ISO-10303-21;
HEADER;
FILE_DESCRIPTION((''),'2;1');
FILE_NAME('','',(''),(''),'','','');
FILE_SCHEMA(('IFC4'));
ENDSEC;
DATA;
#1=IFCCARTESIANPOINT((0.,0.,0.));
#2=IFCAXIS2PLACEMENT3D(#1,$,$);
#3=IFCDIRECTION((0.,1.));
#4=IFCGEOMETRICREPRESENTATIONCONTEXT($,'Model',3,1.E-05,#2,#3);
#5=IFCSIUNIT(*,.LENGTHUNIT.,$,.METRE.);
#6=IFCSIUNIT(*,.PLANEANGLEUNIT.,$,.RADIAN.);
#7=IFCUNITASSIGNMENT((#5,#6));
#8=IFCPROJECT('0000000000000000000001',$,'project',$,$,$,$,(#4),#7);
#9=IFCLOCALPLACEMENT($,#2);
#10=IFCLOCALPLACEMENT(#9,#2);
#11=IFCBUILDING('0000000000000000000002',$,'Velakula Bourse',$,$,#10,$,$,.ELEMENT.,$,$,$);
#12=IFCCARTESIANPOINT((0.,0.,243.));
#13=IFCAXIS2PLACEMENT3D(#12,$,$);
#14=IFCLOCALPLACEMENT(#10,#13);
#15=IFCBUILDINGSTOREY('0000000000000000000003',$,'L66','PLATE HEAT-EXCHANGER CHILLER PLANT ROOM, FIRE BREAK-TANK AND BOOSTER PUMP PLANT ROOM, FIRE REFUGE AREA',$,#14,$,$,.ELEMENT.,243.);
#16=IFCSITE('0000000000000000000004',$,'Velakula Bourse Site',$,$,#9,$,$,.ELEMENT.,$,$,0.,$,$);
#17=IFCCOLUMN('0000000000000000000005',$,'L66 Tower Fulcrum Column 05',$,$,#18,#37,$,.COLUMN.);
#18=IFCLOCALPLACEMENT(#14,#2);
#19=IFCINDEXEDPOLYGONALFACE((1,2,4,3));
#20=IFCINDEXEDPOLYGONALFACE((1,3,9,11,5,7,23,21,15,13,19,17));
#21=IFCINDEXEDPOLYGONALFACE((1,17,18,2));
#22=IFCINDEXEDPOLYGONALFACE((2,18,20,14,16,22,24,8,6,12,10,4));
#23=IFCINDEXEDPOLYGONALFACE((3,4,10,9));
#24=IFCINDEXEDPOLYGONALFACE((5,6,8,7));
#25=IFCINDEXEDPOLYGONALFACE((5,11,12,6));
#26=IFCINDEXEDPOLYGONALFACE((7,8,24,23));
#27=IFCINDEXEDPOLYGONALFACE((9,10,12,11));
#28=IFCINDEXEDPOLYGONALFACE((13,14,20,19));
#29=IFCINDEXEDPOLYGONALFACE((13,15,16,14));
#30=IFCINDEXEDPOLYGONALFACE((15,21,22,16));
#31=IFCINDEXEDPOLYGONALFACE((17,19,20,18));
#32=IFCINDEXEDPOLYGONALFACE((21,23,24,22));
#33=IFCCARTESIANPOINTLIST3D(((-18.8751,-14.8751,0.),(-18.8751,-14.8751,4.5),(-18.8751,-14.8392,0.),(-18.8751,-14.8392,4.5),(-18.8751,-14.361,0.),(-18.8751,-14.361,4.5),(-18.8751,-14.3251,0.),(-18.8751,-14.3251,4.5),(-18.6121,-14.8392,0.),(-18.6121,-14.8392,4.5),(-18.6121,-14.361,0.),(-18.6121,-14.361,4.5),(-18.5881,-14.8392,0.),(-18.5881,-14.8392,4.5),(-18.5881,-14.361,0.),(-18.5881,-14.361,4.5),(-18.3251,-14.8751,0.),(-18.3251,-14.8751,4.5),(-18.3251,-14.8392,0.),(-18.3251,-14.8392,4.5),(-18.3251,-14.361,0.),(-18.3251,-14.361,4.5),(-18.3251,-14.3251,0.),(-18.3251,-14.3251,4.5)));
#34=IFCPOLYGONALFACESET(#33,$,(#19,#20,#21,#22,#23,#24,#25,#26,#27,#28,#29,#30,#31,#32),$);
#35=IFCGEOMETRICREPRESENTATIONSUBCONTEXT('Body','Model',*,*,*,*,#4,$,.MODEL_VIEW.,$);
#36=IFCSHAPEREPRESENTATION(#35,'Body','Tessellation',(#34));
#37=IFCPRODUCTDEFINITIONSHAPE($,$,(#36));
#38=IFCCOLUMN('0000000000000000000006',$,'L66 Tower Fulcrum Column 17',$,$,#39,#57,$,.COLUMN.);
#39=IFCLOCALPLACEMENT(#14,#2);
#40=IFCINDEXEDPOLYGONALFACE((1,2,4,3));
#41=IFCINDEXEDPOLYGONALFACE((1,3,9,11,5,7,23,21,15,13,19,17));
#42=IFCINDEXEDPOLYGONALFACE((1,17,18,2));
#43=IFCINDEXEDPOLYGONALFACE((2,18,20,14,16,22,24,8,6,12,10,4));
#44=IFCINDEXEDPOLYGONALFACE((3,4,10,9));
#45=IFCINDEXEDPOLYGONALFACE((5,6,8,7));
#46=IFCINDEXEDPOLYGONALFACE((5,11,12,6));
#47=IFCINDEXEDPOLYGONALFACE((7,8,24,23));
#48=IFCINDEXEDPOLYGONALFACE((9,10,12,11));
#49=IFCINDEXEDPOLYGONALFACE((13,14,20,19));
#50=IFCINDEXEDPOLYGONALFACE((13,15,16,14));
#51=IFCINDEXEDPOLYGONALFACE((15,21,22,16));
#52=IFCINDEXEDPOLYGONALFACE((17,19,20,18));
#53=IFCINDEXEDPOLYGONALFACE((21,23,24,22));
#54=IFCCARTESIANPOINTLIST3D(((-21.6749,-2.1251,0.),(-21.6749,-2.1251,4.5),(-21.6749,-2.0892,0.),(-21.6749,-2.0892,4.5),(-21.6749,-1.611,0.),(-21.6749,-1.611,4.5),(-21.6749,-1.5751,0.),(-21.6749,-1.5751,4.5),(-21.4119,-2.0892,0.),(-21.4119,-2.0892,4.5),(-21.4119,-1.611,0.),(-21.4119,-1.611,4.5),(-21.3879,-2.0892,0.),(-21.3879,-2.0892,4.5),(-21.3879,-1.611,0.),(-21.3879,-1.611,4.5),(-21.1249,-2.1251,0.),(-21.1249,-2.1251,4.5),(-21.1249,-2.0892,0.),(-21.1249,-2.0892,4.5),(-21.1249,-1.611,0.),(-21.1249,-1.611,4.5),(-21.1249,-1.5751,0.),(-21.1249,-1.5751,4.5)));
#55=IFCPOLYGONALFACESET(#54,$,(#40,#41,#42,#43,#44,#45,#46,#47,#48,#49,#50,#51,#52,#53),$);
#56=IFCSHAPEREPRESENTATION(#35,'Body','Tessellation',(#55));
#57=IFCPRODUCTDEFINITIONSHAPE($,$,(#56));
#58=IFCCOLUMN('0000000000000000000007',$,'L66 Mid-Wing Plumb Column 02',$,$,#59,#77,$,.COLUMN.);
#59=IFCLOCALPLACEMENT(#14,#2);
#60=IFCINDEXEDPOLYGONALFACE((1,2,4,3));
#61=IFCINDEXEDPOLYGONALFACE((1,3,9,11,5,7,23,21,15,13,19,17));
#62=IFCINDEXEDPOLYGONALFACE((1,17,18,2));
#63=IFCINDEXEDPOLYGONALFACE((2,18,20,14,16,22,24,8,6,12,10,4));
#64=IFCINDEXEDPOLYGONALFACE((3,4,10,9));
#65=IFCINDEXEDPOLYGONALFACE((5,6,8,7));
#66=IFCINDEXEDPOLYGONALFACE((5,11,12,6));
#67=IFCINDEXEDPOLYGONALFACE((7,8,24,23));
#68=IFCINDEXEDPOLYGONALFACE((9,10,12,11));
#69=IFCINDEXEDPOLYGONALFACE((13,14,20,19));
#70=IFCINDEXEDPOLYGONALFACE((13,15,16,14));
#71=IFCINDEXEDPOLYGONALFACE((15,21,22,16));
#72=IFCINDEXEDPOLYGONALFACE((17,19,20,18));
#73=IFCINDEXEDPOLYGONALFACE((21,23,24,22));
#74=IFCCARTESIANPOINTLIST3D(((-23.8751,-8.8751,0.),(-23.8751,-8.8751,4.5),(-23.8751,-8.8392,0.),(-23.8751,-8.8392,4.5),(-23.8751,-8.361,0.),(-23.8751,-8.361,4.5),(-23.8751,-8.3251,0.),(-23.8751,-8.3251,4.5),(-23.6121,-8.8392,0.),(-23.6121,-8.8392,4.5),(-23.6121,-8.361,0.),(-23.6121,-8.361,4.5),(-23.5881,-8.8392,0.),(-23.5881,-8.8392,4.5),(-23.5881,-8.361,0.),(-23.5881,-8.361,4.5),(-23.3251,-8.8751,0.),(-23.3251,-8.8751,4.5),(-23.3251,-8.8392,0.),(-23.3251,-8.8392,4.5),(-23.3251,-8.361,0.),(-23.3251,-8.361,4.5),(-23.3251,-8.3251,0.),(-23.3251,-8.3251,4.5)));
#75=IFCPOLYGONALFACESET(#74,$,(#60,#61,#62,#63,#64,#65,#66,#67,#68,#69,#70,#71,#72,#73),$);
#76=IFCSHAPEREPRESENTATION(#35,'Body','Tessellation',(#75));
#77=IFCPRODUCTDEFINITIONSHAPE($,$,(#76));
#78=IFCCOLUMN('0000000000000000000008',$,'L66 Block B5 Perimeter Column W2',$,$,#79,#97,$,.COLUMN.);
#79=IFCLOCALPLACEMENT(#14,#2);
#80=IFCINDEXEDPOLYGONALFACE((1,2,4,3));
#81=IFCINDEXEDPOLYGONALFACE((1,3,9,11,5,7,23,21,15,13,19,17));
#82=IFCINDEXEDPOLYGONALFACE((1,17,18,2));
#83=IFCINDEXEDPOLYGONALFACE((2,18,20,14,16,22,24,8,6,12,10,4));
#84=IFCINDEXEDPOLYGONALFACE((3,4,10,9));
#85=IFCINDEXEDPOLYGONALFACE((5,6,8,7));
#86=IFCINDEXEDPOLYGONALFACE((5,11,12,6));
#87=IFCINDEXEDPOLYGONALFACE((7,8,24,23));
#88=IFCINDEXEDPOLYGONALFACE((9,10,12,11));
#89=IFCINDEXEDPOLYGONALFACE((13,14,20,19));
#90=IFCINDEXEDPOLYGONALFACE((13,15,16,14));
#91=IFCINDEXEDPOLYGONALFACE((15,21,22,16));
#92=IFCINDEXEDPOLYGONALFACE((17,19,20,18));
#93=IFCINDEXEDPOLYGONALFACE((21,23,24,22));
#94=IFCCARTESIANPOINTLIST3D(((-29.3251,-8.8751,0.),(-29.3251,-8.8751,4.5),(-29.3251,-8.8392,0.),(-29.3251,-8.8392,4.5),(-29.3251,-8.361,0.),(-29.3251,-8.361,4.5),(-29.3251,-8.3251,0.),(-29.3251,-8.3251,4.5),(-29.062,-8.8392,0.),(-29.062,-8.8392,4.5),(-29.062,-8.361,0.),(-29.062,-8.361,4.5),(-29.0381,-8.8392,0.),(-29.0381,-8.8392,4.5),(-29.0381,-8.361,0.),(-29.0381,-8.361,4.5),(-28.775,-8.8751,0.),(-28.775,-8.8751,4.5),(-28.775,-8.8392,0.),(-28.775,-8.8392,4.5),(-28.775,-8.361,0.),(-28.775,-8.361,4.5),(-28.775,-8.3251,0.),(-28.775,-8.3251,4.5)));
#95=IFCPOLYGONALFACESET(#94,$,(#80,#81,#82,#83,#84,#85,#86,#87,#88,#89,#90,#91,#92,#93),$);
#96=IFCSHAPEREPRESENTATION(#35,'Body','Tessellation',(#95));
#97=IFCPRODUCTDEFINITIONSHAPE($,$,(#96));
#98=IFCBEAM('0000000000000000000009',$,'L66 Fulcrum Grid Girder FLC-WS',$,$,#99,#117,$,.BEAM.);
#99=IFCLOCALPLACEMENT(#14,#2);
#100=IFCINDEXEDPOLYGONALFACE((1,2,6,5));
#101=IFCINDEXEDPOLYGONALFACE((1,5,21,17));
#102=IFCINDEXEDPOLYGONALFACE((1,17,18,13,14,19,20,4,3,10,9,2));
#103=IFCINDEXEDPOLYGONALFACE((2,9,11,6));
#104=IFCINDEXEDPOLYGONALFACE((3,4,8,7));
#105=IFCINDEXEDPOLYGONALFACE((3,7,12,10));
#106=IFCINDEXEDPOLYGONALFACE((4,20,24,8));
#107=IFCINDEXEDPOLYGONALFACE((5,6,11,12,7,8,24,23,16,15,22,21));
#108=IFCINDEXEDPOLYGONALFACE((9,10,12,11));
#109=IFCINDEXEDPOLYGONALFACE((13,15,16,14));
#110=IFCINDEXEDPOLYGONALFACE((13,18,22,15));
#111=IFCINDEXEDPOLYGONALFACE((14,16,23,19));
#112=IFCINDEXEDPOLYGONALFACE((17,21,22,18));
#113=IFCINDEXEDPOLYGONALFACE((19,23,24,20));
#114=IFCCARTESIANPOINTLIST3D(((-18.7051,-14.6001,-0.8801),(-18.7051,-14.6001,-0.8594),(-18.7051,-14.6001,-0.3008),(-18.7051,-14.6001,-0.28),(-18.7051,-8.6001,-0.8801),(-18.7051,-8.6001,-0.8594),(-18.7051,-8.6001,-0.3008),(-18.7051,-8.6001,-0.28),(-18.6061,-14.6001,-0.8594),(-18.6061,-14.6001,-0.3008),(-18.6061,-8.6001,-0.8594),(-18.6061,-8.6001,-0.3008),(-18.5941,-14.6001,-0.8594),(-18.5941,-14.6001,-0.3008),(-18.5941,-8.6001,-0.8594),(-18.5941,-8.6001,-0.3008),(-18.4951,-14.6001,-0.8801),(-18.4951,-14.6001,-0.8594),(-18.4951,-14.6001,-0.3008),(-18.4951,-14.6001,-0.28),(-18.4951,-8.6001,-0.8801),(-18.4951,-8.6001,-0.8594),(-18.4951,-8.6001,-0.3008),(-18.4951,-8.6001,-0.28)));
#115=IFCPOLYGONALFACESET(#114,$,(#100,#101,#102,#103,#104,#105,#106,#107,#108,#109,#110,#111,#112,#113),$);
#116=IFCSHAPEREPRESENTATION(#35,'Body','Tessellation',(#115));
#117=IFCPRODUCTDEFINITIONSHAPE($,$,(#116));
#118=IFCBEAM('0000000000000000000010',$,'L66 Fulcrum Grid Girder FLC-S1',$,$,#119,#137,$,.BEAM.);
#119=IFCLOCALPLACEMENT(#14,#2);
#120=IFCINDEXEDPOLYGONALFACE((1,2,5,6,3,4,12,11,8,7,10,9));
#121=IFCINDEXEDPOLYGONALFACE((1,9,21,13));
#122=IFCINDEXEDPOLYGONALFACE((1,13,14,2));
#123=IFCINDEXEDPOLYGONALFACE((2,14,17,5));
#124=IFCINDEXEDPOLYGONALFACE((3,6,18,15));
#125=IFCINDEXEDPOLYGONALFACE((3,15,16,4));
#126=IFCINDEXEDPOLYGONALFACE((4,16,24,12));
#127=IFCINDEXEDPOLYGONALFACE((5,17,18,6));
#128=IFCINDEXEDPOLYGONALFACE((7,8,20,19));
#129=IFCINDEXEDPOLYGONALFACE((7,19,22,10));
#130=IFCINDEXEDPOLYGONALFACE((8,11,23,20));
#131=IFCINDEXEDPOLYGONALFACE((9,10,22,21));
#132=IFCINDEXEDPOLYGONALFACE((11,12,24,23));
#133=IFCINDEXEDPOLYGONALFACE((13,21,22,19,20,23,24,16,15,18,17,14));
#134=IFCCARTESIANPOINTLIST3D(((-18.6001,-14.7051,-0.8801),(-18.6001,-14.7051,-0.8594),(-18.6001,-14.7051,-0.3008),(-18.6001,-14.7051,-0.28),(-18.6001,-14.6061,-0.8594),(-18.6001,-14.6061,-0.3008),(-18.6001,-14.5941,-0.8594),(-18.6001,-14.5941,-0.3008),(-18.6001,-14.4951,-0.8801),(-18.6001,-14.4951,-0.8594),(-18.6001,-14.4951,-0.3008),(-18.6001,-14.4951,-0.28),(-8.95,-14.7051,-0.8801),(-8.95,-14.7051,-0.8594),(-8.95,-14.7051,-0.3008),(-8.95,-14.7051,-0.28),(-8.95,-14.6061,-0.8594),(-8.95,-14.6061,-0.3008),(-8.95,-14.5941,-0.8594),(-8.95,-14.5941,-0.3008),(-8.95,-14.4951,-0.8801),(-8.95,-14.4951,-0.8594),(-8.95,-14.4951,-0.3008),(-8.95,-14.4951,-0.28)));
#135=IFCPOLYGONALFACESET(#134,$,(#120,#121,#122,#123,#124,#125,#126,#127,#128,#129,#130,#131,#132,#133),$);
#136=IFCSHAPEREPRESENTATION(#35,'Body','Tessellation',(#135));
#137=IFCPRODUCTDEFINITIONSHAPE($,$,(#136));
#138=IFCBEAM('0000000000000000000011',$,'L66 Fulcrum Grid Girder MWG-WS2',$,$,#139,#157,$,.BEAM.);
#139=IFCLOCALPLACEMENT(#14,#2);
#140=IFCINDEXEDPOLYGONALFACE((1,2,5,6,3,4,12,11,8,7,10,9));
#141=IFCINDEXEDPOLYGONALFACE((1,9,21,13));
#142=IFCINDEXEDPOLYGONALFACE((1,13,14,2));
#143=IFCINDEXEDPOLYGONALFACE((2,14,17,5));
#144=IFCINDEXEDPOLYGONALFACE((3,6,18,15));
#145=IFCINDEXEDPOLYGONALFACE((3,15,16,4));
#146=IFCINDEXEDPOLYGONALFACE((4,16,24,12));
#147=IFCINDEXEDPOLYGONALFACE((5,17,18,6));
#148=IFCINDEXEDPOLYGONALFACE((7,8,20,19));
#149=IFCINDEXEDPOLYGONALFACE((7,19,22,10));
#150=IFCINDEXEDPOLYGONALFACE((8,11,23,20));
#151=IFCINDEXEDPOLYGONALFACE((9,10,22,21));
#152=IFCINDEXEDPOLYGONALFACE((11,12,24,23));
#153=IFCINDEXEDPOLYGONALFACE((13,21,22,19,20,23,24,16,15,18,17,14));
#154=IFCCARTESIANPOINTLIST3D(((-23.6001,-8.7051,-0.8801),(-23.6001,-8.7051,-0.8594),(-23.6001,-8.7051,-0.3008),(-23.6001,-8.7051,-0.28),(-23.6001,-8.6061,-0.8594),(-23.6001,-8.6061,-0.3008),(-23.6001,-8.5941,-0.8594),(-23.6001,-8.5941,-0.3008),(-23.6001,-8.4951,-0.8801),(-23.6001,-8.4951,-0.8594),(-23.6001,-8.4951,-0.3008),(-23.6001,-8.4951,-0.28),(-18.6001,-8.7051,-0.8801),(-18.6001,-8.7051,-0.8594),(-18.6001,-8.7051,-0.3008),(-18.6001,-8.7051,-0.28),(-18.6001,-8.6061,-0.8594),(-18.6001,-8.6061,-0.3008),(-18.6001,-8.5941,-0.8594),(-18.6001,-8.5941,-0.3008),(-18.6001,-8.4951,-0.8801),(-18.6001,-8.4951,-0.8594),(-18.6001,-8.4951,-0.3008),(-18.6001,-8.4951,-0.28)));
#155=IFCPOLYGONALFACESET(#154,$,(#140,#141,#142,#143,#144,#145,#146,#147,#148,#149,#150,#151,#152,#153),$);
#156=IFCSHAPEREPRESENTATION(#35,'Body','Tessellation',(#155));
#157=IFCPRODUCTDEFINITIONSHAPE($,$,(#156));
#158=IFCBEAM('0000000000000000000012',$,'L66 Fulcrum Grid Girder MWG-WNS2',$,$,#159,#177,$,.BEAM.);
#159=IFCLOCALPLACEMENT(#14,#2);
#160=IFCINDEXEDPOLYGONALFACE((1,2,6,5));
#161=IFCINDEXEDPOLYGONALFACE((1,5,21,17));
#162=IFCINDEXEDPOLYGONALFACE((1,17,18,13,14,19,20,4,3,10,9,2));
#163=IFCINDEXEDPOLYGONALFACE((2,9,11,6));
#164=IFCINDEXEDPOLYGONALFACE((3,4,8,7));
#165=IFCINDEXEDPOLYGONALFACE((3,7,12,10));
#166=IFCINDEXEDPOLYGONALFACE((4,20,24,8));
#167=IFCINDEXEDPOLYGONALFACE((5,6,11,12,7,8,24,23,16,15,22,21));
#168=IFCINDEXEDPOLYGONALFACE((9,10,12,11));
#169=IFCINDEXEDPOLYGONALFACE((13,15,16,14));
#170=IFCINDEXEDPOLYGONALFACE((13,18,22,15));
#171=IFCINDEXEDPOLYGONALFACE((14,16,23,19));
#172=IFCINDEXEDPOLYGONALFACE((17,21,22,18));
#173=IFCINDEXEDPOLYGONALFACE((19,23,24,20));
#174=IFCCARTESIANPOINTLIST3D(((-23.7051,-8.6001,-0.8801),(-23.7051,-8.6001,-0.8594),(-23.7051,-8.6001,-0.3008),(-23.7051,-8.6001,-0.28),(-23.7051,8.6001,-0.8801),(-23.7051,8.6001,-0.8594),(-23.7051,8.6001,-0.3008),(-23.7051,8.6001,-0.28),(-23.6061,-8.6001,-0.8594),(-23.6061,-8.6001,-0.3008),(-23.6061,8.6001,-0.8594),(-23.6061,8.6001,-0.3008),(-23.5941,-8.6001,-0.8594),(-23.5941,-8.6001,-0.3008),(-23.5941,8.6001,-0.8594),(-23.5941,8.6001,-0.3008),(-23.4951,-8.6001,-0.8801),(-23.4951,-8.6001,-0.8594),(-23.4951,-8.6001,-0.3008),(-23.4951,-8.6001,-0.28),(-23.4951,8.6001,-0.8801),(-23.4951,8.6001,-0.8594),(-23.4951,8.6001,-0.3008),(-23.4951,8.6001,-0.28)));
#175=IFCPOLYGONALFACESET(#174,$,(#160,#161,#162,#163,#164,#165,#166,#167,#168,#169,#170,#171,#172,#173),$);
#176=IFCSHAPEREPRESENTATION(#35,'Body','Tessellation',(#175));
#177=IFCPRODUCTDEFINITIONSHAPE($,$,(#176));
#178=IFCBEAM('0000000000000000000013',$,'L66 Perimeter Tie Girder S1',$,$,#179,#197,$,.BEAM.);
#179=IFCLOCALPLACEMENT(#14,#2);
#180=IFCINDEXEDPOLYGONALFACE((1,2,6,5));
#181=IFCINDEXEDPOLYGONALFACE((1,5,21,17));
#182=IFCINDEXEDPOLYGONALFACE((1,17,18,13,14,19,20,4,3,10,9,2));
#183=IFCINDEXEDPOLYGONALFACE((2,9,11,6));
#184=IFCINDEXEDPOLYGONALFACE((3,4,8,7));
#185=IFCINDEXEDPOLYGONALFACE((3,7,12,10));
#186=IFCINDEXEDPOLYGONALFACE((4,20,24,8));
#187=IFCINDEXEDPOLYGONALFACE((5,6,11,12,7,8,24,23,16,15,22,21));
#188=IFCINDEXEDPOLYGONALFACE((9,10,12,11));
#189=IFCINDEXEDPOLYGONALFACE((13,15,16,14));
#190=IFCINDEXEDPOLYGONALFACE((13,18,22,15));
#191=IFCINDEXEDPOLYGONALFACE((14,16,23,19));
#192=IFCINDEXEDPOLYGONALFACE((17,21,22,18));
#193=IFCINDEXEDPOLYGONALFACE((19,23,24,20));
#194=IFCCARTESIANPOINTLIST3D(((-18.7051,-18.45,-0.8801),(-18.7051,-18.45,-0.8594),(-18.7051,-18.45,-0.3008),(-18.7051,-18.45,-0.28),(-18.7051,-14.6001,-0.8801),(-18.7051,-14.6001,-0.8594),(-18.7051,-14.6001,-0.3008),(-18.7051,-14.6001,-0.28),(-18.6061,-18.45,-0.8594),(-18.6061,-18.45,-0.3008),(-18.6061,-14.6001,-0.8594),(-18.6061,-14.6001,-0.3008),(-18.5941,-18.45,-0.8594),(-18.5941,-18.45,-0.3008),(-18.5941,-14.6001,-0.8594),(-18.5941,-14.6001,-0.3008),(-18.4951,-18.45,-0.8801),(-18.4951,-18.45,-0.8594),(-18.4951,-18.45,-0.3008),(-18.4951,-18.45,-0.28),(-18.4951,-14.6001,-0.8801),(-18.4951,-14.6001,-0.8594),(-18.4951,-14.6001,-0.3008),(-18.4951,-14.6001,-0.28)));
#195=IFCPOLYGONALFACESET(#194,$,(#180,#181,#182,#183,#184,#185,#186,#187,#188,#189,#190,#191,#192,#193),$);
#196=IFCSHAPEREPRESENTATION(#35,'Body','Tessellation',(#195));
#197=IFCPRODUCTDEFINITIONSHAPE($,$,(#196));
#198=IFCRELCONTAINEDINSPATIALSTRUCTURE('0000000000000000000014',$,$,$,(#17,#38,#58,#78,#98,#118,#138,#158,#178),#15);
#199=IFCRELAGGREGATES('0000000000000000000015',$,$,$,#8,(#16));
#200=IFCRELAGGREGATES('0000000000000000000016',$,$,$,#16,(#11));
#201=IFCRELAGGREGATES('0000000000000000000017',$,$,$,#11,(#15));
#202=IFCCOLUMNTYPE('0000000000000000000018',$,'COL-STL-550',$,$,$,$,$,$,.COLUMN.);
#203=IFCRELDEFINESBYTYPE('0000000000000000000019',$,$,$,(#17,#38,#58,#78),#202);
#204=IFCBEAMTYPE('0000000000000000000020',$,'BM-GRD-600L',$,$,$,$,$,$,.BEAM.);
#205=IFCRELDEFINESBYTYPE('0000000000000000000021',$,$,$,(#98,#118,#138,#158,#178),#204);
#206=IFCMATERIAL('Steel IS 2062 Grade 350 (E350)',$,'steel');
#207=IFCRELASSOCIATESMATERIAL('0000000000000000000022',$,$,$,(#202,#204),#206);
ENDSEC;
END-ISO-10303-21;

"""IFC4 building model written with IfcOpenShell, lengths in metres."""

from ifc_helpers import new_model, si_unit, direction, frame, origin, origin_2d, place, context, subcontext, project, spatial, i_section, extrude, material, material_profile, profile_set, type_object, element, save


model = new_model("IFC4")

# Units and contexts
model_context = context("Model", 3, precision=1e-05, world=origin(), true_north=direction((0.0, 1.0)))
body_context = subcontext(model_context, "Body", "Model", "MODEL_VIEW")
ifc_project = project(units=[si_unit("LENGTHUNIT", "METRE"), si_unit("PLANEANGLEUNIT", "RADIAN")], contexts=[model_context])

# Site, building, storey
site_placement = place(None, origin())
site = spatial("IfcSite", under=ifc_project, at=site_placement, Name="Velakula Bourse Site", CompositionType="ELEMENT", RefElevation=0.0)
building_placement = place(site_placement, origin())
building = spatial("IfcBuilding", under=site, at=building_placement, Name="Velakula Bourse", CompositionType="ELEMENT")
storey_placement = place(building_placement, frame((0.0, 0.0, 243.0)))
storey = spatial("IfcBuildingStorey", under=building, at=storey_placement, Name="L66", Description="PLATE HEAT-EXCHANGER CHILLER PLANT ROOM, FIRE BREAK-TANK AND BOOSTER PUMP PLANT ROOM, FIRE REFUGE AREA", CompositionType="ELEMENT", Elevation=243.0)

# Columns
ifc_material_1 = material(Name="Steel IS 2062 Grade 350 (E350)", Category="steel")
ifc_material_profile_1 = material_profile(ifc_material_1, i_section(OverallWidth=0.55, OverallDepth=0.55, WebThickness=0.0239, FlangeThickness=0.0359, at=origin_2d()), Name="Steel IS 2062 Grade 350 (E350)")
ifc_profile_set_1 = profile_set([ifc_material_profile_1], Name="Steel IS 2062 Grade 350 (E350)")
column_type = type_object("IfcColumnType", Name="COL-STL-550", PredefinedType="COLUMN", material=ifc_profile_set_1)
for number, where, z_axis, x_axis, name in (
    (1, (-18.6001, -14.6001, 0.0), (0.0, 0.0, 1.0), (1.0, 0.0, 0.0), "L66 Tower Fulcrum Column 05"),
    (2, (-21.3999, -1.8501, 0.0), (0.0, 0.0, 1.0), (1.0, 0.0, 0.0), "L66 Tower Fulcrum Column 17"),
    (3, (-23.6001, -8.6001, 0.0), (0.0, 0.0, 1.0), (1.0, 0.0, 0.0), "L66 Mid-Wing Plumb Column 02"),
    (4, (-29.05, -8.6001, 0.0), (0.0, 0.0, 1.0), (1.0, 0.0, 0.0), "L66 Block B5 Perimeter Column W2"),
):
    element("IfcColumn", number, at=place(storey_placement, frame(where, z_axis=z_axis, x_axis=x_axis)), inside=storey, type_object=column_type, Name=name, PredefinedType="COLUMN", context=body_context, shape_type="SweptSolid", body=[
        extrude(i_section(OverallWidth=0.55, OverallDepth=0.55, WebThickness=0.0239, FlangeThickness=0.0359, at=origin_2d()), origin(), (0.0, 0.0, 1.0), 4.5),
    ])

# Beams
ifc_material_profile_2 = material_profile(ifc_material_1, i_section(OverallWidth=0.21, OverallDepth=0.6001, WebThickness=0.012, FlangeThickness=0.0208, at=origin_2d()), Name="Steel IS 2062 Grade 350 (E350)")
ifc_profile_set_2 = profile_set([ifc_material_profile_2], Name="Steel IS 2062 Grade 350 (E350)")
beam_type_1 = type_object("IfcBeamType", Name="BM-GRD-600L", PredefinedType="BEAM", material=ifc_profile_set_2)
beam_1_placement = place(storey_placement, frame((-18.6001, -14.6001, -0.5801), z_axis=(0.0, 1.0, 0.0), x_axis=(-1.0, 0.0, 0.0)))
element("IfcBeam", 5, at=beam_1_placement, inside=storey, type_object=beam_type_1, Name="L66 Fulcrum Grid Girder FLC-WS", PredefinedType="BEAM", context=body_context, shape_type="SweptSolid", body=[
    extrude(i_section(OverallWidth=0.21, OverallDepth=0.6001, WebThickness=0.012, FlangeThickness=0.0208, at=origin_2d()), origin(), (0.0, 0.0, 1.0), 6.0),
])
beam_2_placement = place(storey_placement, frame((-18.6001, -14.6001, -0.5801), z_axis=(1.0, 0.0, 0.0), x_axis=(0.0, 1.0, 0.0)))
element("IfcBeam", 6, at=beam_2_placement, inside=storey, type_object=beam_type_1, Name="L66 Fulcrum Grid Girder FLC-S1", PredefinedType="BEAM", context=body_context, shape_type="SweptSolid", body=[
    extrude(i_section(OverallWidth=0.21, OverallDepth=0.6001, WebThickness=0.012, FlangeThickness=0.0208, at=origin_2d()), origin(), (0.0, 0.0, 1.0), 9.6501),
])
beam_3_placement = place(storey_placement, frame((-23.6001, -8.6001, -0.5801), z_axis=(1.0, 0.0, 0.0), x_axis=(0.0, 1.0, 0.0)))
element("IfcBeam", 7, at=beam_3_placement, inside=storey, type_object=beam_type_1, Name="L66 Fulcrum Grid Girder MWG-WS2", PredefinedType="BEAM", context=body_context, shape_type="SweptSolid", body=[
    extrude(i_section(OverallWidth=0.21, OverallDepth=0.6001, WebThickness=0.012, FlangeThickness=0.0208, at=origin_2d()), origin(), (0.0, 0.0, 1.0), 5.0),
])
beam_4_placement = place(storey_placement, frame((-23.6001, -8.6001, -0.5801), z_axis=(0.0, 1.0, 0.0), x_axis=(-1.0, 0.0, 0.0)))
element("IfcBeam", 8, at=beam_4_placement, inside=storey, type_object=beam_type_1, Name="L66 Fulcrum Grid Girder MWG-WNS2", PredefinedType="BEAM", context=body_context, shape_type="SweptSolid", body=[
    extrude(i_section(OverallWidth=0.21, OverallDepth=0.6001, WebThickness=0.012, FlangeThickness=0.0208, at=origin_2d()), origin(), (0.0, 0.0, 1.0), 17.2002),
])
beam_5_placement = place(storey_placement, frame((-18.6001, -14.6001, -0.5801), z_axis=(0.0, -1.0, 0.0), x_axis=(1.0, 0.0, 0.0)))
element("IfcBeam", 9, at=beam_5_placement, inside=storey, type_object=beam_type_1, Name="L66 Perimeter Tie Girder S1", PredefinedType="BEAM", context=body_context, shape_type="SweptSolid", body=[
    extrude(i_section(OverallWidth=0.21, OverallDepth=0.6001, WebThickness=0.012, FlangeThickness=0.0208, at=origin_2d()), origin(), (0.0, 0.0, 1.0), 3.8499),
])

save(model, "model.ifc")
